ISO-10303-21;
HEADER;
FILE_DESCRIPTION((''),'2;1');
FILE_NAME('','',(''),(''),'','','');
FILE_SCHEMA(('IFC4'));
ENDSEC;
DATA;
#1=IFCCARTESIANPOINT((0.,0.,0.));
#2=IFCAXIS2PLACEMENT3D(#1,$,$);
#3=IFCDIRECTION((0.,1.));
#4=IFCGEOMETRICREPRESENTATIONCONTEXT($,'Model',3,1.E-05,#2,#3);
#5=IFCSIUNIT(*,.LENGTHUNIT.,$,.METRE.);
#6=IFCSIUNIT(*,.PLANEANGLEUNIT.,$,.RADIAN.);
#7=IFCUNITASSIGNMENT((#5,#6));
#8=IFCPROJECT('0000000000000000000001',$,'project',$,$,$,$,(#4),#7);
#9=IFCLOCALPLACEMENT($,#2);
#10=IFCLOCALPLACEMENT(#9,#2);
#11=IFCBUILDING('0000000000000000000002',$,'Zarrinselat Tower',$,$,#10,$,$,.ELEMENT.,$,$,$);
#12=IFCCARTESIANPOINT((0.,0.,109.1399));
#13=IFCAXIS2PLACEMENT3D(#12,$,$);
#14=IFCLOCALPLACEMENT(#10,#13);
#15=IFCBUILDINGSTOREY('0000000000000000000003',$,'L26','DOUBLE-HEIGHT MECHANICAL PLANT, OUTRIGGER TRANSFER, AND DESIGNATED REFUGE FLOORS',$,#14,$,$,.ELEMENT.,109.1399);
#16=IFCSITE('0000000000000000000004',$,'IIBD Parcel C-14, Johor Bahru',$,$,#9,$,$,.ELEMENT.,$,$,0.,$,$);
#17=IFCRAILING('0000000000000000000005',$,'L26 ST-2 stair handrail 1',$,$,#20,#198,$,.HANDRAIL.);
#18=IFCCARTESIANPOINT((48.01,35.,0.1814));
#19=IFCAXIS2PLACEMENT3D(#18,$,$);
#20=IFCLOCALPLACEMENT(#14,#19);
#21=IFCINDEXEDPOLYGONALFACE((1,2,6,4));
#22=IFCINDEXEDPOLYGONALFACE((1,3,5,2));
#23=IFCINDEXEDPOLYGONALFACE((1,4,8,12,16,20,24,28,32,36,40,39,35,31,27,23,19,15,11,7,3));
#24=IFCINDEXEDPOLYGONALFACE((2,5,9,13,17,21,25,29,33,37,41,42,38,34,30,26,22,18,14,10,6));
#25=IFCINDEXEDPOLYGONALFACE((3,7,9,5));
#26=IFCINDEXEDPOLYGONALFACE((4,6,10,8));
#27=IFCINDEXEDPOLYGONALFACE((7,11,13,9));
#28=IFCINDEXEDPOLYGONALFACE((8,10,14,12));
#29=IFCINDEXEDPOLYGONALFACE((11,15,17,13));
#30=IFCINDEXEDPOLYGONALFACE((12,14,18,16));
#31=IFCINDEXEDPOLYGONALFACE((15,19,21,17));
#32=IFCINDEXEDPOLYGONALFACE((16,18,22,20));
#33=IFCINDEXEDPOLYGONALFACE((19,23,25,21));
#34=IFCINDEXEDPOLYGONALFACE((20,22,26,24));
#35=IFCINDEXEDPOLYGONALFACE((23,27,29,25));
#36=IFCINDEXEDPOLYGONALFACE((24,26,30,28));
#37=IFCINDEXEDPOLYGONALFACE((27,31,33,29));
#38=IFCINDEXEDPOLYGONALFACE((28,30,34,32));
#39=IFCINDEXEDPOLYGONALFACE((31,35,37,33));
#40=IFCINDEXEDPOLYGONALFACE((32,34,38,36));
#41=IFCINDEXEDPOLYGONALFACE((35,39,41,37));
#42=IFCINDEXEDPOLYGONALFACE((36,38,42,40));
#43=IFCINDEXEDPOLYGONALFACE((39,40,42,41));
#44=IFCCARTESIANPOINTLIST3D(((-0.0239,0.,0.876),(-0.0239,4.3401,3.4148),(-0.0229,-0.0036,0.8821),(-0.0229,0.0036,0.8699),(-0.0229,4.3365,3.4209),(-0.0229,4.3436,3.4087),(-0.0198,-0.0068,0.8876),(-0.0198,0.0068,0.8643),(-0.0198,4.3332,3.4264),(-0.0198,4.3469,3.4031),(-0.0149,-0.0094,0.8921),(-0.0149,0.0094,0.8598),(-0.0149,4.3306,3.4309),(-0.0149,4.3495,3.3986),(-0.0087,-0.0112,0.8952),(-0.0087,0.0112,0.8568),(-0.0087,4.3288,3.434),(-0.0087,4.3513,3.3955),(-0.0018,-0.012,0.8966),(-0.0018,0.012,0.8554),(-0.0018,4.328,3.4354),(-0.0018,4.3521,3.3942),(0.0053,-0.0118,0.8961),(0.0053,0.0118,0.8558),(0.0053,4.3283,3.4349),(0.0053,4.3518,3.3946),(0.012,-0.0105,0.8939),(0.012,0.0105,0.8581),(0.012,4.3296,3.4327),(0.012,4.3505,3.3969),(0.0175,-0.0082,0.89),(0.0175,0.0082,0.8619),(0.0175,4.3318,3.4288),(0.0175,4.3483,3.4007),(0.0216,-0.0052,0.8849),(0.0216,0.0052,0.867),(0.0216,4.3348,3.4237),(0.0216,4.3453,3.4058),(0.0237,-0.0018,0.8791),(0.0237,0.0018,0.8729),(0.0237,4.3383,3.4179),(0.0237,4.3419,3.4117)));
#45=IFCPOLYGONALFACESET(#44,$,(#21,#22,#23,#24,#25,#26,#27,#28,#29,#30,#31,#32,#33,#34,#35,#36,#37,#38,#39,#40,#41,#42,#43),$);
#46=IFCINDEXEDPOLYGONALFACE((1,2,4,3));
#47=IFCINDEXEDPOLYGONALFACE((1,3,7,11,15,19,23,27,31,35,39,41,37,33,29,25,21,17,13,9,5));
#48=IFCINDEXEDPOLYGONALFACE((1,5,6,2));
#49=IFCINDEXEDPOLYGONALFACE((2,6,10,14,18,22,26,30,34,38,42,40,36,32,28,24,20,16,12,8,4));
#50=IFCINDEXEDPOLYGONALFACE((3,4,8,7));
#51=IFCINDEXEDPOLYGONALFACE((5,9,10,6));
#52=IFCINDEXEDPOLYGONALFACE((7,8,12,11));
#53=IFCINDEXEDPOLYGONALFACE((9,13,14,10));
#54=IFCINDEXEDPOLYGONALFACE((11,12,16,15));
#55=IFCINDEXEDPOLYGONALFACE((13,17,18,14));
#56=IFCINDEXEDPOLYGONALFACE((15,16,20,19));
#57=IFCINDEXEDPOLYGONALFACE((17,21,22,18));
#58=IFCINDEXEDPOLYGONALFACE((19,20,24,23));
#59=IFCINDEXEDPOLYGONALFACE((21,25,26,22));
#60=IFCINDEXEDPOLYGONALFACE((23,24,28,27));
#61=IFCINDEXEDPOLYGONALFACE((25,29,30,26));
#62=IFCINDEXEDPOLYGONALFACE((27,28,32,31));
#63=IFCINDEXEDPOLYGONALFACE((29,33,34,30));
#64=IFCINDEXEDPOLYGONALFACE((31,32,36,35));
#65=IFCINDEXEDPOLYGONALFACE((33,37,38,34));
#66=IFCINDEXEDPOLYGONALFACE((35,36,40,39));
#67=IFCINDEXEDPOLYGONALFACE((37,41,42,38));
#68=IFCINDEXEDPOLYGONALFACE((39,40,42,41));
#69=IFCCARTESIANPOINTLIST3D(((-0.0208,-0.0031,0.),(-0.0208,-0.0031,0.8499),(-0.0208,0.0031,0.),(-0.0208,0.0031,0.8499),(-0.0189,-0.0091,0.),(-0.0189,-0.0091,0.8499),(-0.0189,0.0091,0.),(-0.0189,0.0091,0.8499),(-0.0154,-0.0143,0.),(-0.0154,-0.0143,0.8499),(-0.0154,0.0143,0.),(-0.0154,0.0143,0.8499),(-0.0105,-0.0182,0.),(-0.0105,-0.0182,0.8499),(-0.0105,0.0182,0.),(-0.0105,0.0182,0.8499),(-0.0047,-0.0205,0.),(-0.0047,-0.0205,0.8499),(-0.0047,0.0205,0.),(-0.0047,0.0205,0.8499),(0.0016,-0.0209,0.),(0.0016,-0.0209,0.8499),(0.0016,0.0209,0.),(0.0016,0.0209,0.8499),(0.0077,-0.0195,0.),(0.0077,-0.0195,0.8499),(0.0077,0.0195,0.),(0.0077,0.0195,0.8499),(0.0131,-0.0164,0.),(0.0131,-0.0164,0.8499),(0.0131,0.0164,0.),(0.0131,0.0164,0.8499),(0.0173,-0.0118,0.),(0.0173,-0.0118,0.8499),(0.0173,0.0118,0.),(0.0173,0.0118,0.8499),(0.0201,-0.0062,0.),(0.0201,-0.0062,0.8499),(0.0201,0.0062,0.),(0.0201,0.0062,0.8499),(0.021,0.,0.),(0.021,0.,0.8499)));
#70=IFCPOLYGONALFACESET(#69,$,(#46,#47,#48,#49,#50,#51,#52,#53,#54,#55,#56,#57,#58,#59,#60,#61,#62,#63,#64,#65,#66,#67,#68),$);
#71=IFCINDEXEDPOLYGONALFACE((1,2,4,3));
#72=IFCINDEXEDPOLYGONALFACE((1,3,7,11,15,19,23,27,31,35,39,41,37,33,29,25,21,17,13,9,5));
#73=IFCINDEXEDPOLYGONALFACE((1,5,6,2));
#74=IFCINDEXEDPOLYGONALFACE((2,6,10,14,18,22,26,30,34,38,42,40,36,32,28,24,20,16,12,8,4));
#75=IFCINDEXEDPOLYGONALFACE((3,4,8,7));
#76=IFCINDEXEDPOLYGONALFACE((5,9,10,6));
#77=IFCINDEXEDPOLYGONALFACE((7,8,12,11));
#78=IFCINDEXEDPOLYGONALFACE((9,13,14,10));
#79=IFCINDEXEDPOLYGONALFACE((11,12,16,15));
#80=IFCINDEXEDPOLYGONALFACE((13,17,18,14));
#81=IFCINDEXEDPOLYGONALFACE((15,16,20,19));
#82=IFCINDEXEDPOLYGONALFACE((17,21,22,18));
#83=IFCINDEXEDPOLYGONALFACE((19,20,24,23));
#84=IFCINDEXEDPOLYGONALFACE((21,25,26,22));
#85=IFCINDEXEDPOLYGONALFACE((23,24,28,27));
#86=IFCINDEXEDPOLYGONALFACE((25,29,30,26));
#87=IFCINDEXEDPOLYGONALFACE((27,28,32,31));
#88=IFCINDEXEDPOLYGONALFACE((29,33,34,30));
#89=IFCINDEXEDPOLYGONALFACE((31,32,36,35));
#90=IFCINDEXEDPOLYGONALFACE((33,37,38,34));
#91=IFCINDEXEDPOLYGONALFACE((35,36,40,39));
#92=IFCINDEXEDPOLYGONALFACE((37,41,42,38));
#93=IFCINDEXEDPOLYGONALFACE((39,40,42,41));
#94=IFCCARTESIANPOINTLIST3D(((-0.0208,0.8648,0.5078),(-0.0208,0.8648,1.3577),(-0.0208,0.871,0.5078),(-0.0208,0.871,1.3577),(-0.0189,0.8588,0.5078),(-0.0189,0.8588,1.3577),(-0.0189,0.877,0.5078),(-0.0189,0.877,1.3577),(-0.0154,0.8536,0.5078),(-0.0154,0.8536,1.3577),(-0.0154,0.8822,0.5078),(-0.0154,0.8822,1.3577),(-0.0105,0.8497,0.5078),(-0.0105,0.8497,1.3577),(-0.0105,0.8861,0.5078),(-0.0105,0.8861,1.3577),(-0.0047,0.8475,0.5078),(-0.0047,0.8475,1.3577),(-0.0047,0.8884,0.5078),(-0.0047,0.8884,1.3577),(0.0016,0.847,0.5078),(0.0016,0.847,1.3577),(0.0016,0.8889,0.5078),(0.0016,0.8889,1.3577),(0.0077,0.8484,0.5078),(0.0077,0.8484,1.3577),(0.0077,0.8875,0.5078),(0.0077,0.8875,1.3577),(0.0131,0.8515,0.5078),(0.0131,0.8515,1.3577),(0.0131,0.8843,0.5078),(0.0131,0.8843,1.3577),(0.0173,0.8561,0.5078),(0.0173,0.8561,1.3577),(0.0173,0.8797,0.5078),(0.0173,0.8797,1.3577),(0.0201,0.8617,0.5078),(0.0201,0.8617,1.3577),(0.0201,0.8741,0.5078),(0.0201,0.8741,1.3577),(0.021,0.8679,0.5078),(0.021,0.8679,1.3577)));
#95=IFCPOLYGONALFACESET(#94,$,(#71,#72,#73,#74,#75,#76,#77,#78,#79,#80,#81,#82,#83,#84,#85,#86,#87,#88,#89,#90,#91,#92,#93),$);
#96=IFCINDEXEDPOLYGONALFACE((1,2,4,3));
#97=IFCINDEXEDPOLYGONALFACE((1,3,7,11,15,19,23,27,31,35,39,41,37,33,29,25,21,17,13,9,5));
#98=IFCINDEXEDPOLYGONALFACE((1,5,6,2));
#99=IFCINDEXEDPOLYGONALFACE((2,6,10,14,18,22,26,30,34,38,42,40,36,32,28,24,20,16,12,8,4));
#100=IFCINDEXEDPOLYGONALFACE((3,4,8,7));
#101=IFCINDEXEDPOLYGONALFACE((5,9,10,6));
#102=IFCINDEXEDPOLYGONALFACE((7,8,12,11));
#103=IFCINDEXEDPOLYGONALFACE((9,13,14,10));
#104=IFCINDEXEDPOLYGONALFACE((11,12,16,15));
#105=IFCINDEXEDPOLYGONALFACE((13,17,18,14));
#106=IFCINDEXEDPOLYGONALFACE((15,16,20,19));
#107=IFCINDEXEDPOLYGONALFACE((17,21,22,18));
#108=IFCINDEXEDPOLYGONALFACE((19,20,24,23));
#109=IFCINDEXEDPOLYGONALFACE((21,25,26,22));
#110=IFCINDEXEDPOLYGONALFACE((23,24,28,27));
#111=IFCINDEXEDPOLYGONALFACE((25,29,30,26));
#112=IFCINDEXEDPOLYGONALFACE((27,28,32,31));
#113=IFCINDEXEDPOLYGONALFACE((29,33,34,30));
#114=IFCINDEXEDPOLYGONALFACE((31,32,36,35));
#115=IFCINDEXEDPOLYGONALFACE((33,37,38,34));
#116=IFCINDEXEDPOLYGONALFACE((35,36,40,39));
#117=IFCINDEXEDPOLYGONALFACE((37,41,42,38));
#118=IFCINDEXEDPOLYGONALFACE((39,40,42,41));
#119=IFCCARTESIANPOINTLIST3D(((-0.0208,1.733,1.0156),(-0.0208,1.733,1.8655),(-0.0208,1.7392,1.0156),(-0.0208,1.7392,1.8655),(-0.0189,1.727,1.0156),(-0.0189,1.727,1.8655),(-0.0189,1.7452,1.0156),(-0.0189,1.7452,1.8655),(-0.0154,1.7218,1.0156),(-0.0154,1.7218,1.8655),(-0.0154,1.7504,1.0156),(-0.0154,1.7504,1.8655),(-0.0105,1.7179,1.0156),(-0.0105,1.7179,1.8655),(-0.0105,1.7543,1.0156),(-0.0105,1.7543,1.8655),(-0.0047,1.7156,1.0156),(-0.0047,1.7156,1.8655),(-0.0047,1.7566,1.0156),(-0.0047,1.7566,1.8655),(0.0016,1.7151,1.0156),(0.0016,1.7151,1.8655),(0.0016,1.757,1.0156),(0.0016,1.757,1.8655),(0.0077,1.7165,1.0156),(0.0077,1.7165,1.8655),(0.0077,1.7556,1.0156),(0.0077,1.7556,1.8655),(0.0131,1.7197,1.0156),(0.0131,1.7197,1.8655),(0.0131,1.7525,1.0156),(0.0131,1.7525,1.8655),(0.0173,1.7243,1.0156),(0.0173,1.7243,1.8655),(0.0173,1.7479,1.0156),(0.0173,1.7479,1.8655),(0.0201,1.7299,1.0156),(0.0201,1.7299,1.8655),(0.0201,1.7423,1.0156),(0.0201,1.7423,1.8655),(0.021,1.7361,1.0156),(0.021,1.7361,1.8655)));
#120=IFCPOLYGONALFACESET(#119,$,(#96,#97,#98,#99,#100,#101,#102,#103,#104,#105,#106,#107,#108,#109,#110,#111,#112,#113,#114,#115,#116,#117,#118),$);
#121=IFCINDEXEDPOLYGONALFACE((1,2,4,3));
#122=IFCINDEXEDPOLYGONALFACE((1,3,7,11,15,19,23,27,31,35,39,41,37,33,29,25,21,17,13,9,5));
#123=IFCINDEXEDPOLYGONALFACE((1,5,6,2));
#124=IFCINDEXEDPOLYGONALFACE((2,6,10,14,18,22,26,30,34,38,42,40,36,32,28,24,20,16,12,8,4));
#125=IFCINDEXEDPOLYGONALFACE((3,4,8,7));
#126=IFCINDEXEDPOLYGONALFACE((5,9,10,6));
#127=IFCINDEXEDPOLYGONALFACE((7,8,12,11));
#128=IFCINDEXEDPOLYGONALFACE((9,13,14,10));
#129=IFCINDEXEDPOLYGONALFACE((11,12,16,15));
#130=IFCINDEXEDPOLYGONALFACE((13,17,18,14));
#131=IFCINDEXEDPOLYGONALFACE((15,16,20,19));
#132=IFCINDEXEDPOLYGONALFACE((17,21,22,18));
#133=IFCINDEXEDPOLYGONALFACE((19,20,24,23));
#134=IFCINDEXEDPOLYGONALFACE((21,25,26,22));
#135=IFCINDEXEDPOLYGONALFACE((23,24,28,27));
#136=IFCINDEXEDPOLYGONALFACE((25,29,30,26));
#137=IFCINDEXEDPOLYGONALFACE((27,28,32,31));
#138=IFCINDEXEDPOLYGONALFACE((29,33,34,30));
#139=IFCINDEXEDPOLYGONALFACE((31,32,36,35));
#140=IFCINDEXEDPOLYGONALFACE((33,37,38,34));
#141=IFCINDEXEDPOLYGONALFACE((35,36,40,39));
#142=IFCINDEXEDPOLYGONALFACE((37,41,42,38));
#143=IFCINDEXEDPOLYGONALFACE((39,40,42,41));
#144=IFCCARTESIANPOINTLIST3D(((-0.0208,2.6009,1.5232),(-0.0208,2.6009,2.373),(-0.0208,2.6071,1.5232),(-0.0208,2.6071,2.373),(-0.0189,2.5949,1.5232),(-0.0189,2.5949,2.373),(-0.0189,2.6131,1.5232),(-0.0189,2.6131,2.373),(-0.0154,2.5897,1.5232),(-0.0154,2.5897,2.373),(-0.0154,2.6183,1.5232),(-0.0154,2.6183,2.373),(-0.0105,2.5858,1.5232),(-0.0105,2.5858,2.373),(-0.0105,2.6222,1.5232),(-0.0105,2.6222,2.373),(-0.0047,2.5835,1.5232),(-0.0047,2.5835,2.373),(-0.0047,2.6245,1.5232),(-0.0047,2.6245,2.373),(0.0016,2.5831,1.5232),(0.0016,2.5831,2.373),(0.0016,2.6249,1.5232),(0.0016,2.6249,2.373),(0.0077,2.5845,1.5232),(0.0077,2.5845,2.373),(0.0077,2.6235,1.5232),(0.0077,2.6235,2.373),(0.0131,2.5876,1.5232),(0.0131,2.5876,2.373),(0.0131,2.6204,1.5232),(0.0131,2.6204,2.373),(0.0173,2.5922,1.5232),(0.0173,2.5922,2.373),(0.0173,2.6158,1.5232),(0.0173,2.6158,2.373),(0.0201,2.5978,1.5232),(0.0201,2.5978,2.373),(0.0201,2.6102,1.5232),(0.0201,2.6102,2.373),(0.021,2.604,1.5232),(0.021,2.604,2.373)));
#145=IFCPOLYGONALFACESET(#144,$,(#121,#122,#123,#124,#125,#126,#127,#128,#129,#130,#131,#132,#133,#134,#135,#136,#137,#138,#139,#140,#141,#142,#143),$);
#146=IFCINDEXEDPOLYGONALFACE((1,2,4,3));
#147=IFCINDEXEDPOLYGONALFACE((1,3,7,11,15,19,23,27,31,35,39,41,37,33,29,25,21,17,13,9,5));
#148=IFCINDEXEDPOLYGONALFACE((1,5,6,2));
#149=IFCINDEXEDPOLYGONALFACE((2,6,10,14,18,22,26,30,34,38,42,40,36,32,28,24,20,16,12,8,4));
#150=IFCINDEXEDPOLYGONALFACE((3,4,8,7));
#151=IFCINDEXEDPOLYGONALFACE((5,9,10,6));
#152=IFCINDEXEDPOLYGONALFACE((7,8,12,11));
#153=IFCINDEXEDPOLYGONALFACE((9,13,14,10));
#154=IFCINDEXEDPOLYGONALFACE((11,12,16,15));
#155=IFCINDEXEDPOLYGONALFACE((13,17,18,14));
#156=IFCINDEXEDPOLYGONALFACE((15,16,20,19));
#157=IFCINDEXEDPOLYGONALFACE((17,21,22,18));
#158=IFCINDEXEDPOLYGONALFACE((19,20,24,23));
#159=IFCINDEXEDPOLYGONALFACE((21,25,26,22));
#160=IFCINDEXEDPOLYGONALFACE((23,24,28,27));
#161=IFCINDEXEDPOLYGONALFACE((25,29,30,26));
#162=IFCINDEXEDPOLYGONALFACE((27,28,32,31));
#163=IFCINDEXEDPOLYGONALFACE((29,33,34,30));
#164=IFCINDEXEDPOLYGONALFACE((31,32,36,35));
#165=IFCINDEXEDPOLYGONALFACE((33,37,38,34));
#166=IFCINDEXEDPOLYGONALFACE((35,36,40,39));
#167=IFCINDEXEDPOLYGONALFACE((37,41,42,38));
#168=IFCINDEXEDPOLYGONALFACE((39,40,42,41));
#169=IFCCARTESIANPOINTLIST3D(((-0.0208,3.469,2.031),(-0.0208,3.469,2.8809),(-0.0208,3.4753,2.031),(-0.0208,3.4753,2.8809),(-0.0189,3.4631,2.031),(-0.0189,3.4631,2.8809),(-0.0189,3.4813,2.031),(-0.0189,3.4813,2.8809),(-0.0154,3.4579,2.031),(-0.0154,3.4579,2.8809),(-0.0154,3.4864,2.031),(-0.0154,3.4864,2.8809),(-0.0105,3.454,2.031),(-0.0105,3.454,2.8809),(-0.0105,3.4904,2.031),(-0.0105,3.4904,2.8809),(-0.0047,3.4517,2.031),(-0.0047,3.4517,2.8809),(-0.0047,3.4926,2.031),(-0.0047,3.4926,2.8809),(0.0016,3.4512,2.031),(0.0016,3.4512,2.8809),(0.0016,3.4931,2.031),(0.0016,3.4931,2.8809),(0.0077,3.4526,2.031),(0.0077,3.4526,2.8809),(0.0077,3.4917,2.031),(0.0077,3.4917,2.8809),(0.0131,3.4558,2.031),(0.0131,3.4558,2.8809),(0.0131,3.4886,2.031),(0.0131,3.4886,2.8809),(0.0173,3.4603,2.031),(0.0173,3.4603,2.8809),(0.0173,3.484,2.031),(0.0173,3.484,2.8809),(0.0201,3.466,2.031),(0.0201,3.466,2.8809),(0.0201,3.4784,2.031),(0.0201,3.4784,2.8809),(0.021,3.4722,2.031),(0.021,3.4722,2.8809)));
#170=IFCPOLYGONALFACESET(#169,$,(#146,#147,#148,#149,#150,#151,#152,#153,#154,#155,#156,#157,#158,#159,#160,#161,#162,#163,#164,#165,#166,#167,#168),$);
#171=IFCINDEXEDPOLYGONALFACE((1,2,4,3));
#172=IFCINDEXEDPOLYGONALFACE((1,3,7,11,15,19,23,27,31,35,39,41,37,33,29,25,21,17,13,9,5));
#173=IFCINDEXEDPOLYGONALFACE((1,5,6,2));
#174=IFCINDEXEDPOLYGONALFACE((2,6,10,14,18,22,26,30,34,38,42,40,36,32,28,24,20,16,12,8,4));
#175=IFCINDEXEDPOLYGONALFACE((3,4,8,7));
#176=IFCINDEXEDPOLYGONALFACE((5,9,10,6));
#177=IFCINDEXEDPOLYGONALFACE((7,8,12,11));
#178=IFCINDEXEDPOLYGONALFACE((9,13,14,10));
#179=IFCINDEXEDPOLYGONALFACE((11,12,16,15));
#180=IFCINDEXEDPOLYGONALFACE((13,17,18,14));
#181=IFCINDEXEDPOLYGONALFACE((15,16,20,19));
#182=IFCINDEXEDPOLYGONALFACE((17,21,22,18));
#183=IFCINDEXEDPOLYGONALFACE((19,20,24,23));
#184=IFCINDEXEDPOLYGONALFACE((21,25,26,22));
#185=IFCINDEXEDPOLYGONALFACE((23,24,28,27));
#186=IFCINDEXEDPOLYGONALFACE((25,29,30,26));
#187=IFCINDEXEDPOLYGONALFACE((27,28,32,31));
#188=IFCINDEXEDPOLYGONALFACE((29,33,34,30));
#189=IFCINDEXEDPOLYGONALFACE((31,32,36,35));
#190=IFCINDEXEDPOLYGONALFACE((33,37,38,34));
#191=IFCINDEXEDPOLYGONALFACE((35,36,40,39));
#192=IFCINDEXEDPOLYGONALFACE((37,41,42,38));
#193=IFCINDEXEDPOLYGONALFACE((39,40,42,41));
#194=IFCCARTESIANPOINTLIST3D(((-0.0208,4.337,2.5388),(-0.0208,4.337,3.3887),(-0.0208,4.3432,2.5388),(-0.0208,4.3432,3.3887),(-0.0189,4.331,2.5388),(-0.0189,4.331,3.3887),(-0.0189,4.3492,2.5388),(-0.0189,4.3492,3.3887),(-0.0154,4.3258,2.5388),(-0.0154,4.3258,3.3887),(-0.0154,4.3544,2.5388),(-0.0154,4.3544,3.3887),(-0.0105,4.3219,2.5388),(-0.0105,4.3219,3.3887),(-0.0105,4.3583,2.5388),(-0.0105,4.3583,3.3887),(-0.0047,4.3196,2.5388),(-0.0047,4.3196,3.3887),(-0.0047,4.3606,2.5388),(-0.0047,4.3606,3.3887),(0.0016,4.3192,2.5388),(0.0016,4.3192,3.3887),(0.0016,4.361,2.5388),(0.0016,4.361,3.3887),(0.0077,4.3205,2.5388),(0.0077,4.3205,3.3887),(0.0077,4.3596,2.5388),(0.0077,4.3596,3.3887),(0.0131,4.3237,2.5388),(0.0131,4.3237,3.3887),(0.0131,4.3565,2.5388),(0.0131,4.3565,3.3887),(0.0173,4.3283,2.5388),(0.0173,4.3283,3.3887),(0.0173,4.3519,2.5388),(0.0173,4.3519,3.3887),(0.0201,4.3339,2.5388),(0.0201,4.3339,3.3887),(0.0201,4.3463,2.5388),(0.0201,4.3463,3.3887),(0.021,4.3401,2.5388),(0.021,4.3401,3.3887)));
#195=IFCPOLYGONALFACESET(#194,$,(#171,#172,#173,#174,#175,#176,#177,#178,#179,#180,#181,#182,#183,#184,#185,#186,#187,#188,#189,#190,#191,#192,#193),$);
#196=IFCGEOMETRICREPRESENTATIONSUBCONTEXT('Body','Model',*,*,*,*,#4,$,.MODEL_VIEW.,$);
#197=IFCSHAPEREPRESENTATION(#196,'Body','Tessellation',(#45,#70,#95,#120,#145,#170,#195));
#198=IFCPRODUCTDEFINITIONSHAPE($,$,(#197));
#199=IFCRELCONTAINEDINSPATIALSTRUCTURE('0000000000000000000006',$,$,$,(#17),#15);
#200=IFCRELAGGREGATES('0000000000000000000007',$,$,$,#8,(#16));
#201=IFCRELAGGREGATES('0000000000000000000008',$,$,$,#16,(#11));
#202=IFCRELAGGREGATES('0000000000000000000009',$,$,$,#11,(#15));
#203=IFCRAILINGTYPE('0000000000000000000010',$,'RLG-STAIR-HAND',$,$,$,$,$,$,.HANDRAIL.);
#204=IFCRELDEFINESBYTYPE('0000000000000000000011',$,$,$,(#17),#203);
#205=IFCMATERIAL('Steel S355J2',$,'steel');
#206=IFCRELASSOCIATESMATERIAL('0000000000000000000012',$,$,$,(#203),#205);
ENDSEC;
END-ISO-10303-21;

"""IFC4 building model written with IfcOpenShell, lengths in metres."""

from ifc_helpers import new_model, si_unit, direction, frame, origin, origin_2d, place, context, subcontext, project, spatial, circle, extrude, material, type_object, element, save


model = new_model("IFC4")

# Units and contexts
model_context = context("Model", 3, precision=1e-05, world=origin(), true_north=direction((0.0, 1.0)))
body_context = subcontext(model_context, "Body", "Model", "MODEL_VIEW")
ifc_project = project(units=[si_unit("LENGTHUNIT", "METRE"), si_unit("PLANEANGLEUNIT", "RADIAN")], contexts=[model_context])

# Site, building, storey
site_placement = place(None, origin())
site = spatial("IfcSite", under=ifc_project, at=site_placement, Name="IIBD Parcel C-14, Johor Bahru", CompositionType="ELEMENT", RefElevation=0.0)
building_placement = place(site_placement, origin())
building = spatial("IfcBuilding", under=site, at=building_placement, Name="Zarrinselat Tower", CompositionType="ELEMENT")
storey_placement = place(building_placement, frame((0.0, 0.0, 109.1399)))
storey = spatial("IfcBuildingStorey", under=building, at=storey_placement, Name="L26", Description="DOUBLE-HEIGHT MECHANICAL PLANT, OUTRIGGER TRANSFER, AND DESIGNATED REFUGE FLOORS", CompositionType="ELEMENT", Elevation=109.1399)

# Railing
ifc_material_1 = material(Name="Steel S355J2", Category="steel")
railing_type = type_object("IfcRailingType", Name="RLG-STAIR-HAND", PredefinedType="HANDRAIL", material=ifc_material_1)
railing_placement = place(storey_placement, frame((48.01, 35.0, 0.1814)))
element("IfcRailing", 1, at=railing_placement, inside=storey, type_object=railing_type, Name="L26 ST-2 stair handrail 1", PredefinedType="HANDRAIL", context=body_context, shape_type="SweptSolid", body=[
    extrude(circle(Radius=0.0239, at=origin_2d()), frame((0.0, 0.0, 0.876), z_axis=(0.0, 0.863164, 0.504924), x_axis=(-1.0, 0.0, 0.0)), (0.0, 0.0, 1.0), 5.0281),
    extrude(circle(Radius=0.021, at=origin_2d()), origin(), (0.0, 0.0, 1.0), 0.8499),
    extrude(circle(Radius=0.021, at=origin_2d()), frame((0.0, 0.8679, 0.5078)), (0.0, 0.0, 1.0), 0.8499),
    extrude(circle(Radius=0.021, at=origin_2d()), frame((0.0, 1.7361, 1.0156)), (0.0, 0.0, 1.0), 0.8499),
    extrude(circle(Radius=0.021, at=origin_2d()), frame((0.0, 2.604, 1.5232)), (0.0, 0.0, 1.0), 0.8499),
    extrude(circle(Radius=0.021, at=origin_2d()), frame((0.0, 3.4722, 2.031)), (0.0, 0.0, 1.0), 0.8499),
    extrude(circle(Radius=0.021, at=origin_2d()), frame((0.0, 4.3401, 2.5388)), (0.0, 0.0, 1.0), 0.8499),
])

save(model, "model.ifc")
